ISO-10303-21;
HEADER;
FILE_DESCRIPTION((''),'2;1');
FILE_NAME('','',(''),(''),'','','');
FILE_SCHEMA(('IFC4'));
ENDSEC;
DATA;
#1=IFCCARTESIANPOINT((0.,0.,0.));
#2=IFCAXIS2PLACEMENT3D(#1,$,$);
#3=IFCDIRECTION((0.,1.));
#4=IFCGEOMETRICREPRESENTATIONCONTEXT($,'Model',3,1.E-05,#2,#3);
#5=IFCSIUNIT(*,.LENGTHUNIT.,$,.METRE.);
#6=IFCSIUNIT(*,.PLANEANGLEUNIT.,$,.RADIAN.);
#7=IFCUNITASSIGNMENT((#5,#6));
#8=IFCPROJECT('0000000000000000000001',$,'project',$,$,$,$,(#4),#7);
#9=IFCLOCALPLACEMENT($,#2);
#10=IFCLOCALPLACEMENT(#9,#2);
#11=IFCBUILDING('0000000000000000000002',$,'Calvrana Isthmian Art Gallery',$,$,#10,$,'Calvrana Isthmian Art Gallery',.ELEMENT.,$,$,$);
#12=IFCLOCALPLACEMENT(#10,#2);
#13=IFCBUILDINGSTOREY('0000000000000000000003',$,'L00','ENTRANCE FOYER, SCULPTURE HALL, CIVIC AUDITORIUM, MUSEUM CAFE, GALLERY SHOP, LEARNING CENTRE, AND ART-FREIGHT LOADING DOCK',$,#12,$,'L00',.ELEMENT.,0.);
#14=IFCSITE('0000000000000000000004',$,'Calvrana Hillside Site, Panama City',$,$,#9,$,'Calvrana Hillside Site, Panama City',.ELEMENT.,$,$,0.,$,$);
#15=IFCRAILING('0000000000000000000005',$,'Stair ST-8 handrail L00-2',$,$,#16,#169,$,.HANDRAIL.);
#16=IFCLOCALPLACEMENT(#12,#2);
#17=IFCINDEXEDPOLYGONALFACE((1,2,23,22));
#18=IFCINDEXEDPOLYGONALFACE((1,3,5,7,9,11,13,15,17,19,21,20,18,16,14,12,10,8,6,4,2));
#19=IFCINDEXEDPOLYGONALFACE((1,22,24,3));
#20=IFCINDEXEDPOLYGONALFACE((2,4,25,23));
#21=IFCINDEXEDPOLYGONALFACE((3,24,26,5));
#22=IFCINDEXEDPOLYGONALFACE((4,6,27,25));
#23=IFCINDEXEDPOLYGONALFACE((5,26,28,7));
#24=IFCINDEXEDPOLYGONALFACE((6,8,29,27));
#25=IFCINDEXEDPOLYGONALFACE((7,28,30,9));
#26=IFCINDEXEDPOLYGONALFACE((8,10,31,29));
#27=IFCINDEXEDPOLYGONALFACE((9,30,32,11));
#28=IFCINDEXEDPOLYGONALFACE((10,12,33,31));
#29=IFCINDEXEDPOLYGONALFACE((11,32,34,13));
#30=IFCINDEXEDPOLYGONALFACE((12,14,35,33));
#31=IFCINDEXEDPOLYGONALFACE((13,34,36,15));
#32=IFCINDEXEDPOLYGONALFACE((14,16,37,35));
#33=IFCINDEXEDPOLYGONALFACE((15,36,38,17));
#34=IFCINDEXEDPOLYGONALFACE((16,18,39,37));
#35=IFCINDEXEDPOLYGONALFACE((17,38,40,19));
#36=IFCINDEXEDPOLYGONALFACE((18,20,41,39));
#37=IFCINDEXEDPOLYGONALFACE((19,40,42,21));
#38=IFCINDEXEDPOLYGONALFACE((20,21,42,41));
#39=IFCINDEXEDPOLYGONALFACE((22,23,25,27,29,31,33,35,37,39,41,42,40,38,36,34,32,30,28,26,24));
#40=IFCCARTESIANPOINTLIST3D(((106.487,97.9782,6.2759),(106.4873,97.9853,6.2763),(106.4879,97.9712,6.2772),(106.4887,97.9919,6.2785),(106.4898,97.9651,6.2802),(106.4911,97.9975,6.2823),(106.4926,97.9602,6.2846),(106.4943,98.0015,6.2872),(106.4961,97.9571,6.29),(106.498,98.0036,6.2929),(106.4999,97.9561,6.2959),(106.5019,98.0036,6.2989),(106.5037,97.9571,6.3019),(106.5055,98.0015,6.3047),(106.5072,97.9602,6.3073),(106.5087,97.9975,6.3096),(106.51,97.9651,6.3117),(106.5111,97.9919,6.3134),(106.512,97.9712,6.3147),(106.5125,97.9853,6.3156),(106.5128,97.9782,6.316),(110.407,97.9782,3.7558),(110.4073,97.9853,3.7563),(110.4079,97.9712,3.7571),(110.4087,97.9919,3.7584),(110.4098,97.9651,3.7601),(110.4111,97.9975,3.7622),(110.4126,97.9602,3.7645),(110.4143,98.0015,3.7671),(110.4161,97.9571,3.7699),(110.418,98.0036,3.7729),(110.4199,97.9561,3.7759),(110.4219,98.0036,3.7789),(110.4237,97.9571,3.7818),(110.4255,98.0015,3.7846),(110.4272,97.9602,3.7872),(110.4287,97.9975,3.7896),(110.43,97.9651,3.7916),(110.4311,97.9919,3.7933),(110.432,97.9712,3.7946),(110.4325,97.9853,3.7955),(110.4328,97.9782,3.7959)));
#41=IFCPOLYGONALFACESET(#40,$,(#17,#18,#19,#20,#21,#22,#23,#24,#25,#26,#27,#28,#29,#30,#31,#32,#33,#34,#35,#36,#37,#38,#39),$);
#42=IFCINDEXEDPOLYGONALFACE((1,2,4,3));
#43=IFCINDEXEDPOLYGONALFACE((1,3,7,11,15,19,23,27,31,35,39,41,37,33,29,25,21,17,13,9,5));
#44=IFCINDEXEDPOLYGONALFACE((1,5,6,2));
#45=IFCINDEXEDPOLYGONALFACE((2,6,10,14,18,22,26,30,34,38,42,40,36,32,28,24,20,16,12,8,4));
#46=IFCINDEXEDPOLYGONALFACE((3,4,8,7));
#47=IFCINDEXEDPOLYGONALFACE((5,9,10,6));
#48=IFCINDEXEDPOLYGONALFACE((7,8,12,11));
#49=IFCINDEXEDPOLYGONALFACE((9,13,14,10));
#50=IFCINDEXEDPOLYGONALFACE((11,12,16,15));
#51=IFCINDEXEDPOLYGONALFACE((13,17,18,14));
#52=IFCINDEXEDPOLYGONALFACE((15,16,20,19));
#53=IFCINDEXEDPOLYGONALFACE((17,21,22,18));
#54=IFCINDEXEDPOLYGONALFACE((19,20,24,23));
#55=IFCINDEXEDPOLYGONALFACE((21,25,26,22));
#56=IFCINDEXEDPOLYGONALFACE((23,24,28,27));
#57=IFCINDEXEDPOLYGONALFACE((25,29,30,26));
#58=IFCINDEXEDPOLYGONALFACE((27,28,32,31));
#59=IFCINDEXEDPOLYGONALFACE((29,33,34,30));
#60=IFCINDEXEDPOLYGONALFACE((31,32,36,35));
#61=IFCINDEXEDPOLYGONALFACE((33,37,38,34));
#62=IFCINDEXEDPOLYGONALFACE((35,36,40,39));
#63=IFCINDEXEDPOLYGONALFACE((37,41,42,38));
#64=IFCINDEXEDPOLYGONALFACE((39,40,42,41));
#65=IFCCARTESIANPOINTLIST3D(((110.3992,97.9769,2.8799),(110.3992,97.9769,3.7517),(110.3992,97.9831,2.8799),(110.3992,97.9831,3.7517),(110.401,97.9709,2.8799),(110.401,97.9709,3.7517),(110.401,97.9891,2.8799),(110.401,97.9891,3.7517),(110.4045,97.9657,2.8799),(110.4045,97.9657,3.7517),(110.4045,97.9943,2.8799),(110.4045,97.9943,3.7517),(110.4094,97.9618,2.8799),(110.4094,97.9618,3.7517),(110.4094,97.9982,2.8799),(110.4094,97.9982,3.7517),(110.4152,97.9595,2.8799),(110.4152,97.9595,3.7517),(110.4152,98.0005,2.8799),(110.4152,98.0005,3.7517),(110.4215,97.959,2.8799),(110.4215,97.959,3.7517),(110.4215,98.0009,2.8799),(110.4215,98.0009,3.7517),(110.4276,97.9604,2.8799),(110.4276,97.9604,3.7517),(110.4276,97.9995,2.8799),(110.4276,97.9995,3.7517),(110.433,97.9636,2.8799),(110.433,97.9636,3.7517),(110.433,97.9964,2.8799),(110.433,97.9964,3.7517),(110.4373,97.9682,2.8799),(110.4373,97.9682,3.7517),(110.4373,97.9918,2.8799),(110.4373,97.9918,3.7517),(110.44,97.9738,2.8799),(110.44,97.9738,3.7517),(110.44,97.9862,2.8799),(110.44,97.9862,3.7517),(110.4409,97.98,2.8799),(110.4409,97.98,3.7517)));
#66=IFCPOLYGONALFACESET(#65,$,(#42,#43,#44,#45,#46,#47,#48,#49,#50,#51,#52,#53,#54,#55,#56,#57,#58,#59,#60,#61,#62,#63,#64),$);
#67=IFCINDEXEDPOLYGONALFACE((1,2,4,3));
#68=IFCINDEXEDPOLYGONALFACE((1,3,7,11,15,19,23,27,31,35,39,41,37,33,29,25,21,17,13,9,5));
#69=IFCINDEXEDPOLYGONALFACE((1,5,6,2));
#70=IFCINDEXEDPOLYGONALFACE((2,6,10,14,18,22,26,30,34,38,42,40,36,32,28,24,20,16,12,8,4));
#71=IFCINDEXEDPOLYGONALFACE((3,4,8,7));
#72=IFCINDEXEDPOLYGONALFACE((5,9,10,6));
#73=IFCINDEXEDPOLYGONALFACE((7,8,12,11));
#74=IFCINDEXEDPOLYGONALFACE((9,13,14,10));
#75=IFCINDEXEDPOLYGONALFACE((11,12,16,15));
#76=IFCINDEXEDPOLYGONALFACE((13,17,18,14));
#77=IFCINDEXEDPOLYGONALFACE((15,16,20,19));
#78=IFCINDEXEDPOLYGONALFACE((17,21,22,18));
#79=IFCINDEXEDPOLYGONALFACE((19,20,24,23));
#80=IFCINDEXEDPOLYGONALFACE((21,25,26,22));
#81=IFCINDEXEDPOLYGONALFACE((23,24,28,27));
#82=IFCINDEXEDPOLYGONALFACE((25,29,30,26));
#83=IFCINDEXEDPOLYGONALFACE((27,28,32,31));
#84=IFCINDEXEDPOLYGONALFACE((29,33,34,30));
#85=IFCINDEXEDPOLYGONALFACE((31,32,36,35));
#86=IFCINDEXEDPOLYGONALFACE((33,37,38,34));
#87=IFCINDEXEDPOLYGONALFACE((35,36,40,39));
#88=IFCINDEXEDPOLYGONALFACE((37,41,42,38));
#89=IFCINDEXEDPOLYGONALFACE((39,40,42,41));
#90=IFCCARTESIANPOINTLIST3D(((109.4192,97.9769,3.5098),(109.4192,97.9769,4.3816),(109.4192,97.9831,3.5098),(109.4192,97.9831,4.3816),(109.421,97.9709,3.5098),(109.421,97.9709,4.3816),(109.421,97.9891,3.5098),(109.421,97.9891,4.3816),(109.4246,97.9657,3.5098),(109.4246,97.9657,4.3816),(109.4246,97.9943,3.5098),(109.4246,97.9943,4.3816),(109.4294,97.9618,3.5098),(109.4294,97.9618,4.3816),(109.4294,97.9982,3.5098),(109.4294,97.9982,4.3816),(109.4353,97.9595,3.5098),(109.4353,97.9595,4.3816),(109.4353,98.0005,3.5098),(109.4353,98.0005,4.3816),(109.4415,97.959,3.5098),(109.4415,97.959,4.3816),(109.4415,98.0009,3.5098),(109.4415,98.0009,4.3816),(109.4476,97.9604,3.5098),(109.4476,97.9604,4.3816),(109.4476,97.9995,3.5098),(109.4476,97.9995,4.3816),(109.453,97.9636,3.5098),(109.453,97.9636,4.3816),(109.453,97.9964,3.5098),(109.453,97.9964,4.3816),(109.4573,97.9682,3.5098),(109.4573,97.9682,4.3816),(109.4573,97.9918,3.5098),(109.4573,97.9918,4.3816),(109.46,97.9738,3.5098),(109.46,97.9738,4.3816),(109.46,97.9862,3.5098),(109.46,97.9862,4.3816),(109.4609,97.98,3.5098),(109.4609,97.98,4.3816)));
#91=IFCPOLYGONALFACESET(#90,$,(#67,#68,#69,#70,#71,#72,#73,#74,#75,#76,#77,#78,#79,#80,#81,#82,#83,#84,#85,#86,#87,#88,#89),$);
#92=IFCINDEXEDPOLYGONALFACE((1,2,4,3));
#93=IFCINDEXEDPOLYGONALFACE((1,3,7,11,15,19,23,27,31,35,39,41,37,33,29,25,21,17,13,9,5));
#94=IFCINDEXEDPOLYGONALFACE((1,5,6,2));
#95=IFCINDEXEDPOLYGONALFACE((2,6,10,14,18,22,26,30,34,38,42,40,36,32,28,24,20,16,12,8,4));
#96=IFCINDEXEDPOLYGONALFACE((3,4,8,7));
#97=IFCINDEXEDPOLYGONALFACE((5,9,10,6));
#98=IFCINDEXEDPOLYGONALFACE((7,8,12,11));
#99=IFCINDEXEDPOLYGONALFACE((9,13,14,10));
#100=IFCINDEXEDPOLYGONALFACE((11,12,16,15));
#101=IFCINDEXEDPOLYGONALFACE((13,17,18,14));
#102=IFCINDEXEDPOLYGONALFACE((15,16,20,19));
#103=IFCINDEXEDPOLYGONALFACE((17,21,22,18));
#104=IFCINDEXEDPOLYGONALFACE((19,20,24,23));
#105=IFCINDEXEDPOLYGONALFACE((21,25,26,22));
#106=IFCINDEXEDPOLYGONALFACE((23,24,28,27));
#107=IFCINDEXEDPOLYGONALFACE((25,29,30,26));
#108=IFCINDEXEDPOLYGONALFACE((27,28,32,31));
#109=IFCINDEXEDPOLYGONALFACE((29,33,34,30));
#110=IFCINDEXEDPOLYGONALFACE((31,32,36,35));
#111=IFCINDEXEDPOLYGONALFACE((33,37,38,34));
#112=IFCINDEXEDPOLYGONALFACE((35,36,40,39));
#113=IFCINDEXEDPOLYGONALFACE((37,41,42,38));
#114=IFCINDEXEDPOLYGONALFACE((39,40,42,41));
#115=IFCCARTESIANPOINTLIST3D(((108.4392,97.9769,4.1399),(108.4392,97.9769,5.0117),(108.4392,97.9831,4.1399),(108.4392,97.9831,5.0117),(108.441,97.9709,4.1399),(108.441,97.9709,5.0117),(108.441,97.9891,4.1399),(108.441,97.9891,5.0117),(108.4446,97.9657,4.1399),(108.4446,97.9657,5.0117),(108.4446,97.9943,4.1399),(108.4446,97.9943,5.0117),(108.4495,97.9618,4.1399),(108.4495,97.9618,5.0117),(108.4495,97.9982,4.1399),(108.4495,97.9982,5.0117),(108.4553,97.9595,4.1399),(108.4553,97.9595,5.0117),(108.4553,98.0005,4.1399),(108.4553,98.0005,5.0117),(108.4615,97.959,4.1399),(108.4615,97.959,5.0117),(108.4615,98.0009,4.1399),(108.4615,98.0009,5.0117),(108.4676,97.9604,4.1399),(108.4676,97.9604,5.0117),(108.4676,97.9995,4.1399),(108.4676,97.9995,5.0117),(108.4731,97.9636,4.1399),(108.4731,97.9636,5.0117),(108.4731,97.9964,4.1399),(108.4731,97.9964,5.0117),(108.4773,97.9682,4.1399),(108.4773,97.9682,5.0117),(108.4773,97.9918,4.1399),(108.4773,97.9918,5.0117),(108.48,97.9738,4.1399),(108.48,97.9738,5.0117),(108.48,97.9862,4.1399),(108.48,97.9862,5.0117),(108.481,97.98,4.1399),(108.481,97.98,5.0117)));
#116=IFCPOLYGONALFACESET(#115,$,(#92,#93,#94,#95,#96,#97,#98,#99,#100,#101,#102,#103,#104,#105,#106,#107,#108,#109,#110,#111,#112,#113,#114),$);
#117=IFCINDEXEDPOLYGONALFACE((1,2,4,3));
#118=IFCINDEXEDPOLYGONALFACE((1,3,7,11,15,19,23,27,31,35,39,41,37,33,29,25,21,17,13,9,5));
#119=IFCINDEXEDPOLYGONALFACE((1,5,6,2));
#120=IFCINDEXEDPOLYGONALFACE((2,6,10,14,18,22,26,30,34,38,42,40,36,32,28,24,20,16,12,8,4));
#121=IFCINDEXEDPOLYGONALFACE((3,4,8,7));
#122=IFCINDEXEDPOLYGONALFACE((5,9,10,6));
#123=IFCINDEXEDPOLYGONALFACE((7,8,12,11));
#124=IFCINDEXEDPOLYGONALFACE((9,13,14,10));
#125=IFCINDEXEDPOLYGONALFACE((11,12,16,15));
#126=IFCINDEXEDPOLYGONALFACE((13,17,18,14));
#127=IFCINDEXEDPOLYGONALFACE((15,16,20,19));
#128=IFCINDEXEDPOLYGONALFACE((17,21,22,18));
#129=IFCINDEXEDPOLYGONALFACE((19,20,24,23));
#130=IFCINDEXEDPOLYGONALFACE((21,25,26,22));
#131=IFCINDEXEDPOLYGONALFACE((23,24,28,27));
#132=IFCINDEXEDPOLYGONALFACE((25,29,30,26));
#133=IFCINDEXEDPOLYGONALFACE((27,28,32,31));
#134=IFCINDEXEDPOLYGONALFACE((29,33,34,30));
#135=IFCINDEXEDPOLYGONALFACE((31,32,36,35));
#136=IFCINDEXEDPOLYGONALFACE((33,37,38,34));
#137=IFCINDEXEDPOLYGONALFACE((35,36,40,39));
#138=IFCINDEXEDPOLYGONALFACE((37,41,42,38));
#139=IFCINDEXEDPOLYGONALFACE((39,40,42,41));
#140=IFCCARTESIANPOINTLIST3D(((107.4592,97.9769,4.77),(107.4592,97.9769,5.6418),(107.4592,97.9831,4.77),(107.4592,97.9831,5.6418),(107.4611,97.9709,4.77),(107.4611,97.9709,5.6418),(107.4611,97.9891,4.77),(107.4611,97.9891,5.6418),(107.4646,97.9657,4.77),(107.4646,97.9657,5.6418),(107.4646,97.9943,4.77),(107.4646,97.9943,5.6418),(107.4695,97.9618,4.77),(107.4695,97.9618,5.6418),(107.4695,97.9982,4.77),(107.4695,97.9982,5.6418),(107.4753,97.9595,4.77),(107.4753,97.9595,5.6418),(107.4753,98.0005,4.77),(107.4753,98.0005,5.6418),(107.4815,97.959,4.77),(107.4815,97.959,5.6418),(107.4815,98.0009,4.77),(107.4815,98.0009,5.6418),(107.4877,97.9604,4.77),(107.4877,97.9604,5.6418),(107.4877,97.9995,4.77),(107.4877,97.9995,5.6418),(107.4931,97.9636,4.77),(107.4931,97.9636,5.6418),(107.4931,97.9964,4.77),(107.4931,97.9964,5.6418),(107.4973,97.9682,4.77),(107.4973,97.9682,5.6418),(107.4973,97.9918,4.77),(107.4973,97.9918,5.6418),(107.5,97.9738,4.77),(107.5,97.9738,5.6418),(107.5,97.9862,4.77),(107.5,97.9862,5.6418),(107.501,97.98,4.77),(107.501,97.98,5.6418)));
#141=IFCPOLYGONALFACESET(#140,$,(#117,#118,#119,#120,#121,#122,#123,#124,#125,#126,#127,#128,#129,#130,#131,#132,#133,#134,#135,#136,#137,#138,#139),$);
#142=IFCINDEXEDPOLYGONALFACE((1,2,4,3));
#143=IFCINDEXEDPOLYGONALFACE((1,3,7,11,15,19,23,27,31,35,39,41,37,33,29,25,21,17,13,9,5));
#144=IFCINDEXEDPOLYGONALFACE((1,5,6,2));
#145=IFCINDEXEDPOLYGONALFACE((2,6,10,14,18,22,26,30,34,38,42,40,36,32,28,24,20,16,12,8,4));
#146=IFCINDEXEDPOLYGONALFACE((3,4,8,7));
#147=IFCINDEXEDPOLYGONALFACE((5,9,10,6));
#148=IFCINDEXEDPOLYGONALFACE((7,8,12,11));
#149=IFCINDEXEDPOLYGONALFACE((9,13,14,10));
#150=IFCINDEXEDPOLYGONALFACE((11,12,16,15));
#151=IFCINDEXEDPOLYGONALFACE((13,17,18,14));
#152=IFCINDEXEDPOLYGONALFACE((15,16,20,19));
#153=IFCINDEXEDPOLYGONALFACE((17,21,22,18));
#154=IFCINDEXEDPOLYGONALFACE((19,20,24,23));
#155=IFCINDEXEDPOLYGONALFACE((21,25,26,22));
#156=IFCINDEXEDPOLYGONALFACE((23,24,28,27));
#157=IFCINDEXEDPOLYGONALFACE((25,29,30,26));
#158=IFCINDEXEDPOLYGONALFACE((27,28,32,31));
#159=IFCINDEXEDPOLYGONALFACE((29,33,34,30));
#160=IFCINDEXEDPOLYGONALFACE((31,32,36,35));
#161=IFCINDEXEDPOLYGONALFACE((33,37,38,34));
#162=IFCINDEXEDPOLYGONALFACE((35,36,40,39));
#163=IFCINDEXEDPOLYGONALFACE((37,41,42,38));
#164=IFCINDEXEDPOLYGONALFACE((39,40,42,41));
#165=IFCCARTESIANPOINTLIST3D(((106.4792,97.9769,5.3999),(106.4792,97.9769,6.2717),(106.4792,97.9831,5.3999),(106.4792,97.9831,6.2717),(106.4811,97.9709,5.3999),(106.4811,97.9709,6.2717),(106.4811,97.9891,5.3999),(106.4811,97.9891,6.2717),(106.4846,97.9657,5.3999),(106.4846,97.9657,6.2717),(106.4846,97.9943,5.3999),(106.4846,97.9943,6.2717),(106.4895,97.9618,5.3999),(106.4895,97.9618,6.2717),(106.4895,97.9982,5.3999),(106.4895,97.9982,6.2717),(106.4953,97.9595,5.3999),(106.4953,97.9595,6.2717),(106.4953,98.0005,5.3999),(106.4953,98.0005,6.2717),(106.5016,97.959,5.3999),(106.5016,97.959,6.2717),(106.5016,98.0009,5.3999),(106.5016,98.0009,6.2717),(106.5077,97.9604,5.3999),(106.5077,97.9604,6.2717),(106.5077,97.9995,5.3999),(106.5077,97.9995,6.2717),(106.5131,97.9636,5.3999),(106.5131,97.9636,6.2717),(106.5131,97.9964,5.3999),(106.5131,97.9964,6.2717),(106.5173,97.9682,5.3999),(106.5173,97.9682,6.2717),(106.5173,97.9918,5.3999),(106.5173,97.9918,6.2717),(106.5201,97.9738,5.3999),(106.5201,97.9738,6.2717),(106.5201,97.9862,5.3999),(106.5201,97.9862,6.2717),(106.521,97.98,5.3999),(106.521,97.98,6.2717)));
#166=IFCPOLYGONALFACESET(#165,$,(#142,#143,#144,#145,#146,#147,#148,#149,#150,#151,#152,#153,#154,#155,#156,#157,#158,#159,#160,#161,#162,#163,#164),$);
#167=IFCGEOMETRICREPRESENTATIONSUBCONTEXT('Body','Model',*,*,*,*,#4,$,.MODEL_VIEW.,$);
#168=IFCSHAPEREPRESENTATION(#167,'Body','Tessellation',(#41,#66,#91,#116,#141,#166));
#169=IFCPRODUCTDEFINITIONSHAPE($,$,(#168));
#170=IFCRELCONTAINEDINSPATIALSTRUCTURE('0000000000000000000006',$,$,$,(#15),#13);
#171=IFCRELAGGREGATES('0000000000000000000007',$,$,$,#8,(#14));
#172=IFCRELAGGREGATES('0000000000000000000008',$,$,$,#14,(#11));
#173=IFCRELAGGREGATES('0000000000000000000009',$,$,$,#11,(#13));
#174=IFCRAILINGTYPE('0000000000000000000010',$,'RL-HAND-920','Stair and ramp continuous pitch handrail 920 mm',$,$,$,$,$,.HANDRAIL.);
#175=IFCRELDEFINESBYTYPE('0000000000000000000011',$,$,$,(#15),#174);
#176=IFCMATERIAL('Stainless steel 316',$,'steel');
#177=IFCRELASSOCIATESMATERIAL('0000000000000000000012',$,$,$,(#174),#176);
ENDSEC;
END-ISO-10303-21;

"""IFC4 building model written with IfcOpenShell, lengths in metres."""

from ifc_helpers import new_model, si_unit, direction, frame, origin, origin_2d, place, context, subcontext, project, spatial, circle, extrude, material, type_object, element, save


model = new_model("IFC4")

# Units and contexts
model_context = context("Model", 3, precision=1e-05, world=origin(), true_north=direction((0.0, 1.0)))
body_context = subcontext(model_context, "Body", "Model", "MODEL_VIEW")
ifc_project = project(units=[si_unit("LENGTHUNIT", "METRE"), si_unit("PLANEANGLEUNIT", "RADIAN")], contexts=[model_context])

# Site, building, storey
site_placement = place(None, origin())
site = spatial("IfcSite", under=ifc_project, at=site_placement, Name="Calvrana Hillside Site, Panama City", LongName="Calvrana Hillside Site, Panama City", CompositionType="ELEMENT", RefElevation=0.0)
building_placement = place(site_placement, origin())
building = spatial("IfcBuilding", under=site, at=building_placement, Name="Calvrana Isthmian Art Gallery", LongName="Calvrana Isthmian Art Gallery", CompositionType="ELEMENT")
storey_placement = place(building_placement, origin())
storey = spatial("IfcBuildingStorey", under=building, at=storey_placement, Name="L00", Description="ENTRANCE FOYER, SCULPTURE HALL, CIVIC AUDITORIUM, MUSEUM CAFE, GALLERY SHOP, LEARNING CENTRE, AND ART-FREIGHT LOADING DOCK", LongName="L00", CompositionType="ELEMENT", Elevation=0.0)

# Railing
ifc_material_1 = material(Name="Stainless steel 316", Category="steel")
railing_type_1 = type_object("IfcRailingType", Name="RL-HAND-920", Description="Stair and ramp continuous pitch handrail 920 mm", PredefinedType="HANDRAIL", material=ifc_material_1)
railing_1_placement = place(storey_placement, frame((110.4199, 97.98, 2.8799)))
element("IfcRailing", 1, at=railing_1_placement, inside=storey, type_object=railing_type_1, Name="Stair ST-8 handrail L00-2", PredefinedType="HANDRAIL", context=body_context, shape_type="SweptSolid", body=[
    extrude(circle(Radius=0.0239, at=origin_2d()), frame((0.0, 0.0, 0.896), z_axis=(-0.841172, 0.0, 0.540768), x_axis=(0.0, -1.0, 0.0)), (0.0, 0.0, 1.0), 4.6602),
    extrude(circle(Radius=0.021, at=origin_2d()), origin(), (0.0, 0.0, 1.0), 0.8718),
    extrude(circle(Radius=0.021, at=origin_2d()), frame((-0.98, 0.0, 0.6299)), (0.0, 0.0, 1.0), 0.8718),
    extrude(circle(Radius=0.021, at=origin_2d()), frame((-1.96, 0.0, 1.26)), (0.0, 0.0, 1.0), 0.8718),
    extrude(circle(Radius=0.021, at=origin_2d()), frame((-2.9399, 0.0, 1.8901)), (0.0, 0.0, 1.0), 0.8718),
    extrude(circle(Radius=0.021, at=origin_2d()), frame((-3.9199, 0.0, 2.52)), (0.0, 0.0, 1.0), 0.8718),
])

save(model, "model.ifc")
